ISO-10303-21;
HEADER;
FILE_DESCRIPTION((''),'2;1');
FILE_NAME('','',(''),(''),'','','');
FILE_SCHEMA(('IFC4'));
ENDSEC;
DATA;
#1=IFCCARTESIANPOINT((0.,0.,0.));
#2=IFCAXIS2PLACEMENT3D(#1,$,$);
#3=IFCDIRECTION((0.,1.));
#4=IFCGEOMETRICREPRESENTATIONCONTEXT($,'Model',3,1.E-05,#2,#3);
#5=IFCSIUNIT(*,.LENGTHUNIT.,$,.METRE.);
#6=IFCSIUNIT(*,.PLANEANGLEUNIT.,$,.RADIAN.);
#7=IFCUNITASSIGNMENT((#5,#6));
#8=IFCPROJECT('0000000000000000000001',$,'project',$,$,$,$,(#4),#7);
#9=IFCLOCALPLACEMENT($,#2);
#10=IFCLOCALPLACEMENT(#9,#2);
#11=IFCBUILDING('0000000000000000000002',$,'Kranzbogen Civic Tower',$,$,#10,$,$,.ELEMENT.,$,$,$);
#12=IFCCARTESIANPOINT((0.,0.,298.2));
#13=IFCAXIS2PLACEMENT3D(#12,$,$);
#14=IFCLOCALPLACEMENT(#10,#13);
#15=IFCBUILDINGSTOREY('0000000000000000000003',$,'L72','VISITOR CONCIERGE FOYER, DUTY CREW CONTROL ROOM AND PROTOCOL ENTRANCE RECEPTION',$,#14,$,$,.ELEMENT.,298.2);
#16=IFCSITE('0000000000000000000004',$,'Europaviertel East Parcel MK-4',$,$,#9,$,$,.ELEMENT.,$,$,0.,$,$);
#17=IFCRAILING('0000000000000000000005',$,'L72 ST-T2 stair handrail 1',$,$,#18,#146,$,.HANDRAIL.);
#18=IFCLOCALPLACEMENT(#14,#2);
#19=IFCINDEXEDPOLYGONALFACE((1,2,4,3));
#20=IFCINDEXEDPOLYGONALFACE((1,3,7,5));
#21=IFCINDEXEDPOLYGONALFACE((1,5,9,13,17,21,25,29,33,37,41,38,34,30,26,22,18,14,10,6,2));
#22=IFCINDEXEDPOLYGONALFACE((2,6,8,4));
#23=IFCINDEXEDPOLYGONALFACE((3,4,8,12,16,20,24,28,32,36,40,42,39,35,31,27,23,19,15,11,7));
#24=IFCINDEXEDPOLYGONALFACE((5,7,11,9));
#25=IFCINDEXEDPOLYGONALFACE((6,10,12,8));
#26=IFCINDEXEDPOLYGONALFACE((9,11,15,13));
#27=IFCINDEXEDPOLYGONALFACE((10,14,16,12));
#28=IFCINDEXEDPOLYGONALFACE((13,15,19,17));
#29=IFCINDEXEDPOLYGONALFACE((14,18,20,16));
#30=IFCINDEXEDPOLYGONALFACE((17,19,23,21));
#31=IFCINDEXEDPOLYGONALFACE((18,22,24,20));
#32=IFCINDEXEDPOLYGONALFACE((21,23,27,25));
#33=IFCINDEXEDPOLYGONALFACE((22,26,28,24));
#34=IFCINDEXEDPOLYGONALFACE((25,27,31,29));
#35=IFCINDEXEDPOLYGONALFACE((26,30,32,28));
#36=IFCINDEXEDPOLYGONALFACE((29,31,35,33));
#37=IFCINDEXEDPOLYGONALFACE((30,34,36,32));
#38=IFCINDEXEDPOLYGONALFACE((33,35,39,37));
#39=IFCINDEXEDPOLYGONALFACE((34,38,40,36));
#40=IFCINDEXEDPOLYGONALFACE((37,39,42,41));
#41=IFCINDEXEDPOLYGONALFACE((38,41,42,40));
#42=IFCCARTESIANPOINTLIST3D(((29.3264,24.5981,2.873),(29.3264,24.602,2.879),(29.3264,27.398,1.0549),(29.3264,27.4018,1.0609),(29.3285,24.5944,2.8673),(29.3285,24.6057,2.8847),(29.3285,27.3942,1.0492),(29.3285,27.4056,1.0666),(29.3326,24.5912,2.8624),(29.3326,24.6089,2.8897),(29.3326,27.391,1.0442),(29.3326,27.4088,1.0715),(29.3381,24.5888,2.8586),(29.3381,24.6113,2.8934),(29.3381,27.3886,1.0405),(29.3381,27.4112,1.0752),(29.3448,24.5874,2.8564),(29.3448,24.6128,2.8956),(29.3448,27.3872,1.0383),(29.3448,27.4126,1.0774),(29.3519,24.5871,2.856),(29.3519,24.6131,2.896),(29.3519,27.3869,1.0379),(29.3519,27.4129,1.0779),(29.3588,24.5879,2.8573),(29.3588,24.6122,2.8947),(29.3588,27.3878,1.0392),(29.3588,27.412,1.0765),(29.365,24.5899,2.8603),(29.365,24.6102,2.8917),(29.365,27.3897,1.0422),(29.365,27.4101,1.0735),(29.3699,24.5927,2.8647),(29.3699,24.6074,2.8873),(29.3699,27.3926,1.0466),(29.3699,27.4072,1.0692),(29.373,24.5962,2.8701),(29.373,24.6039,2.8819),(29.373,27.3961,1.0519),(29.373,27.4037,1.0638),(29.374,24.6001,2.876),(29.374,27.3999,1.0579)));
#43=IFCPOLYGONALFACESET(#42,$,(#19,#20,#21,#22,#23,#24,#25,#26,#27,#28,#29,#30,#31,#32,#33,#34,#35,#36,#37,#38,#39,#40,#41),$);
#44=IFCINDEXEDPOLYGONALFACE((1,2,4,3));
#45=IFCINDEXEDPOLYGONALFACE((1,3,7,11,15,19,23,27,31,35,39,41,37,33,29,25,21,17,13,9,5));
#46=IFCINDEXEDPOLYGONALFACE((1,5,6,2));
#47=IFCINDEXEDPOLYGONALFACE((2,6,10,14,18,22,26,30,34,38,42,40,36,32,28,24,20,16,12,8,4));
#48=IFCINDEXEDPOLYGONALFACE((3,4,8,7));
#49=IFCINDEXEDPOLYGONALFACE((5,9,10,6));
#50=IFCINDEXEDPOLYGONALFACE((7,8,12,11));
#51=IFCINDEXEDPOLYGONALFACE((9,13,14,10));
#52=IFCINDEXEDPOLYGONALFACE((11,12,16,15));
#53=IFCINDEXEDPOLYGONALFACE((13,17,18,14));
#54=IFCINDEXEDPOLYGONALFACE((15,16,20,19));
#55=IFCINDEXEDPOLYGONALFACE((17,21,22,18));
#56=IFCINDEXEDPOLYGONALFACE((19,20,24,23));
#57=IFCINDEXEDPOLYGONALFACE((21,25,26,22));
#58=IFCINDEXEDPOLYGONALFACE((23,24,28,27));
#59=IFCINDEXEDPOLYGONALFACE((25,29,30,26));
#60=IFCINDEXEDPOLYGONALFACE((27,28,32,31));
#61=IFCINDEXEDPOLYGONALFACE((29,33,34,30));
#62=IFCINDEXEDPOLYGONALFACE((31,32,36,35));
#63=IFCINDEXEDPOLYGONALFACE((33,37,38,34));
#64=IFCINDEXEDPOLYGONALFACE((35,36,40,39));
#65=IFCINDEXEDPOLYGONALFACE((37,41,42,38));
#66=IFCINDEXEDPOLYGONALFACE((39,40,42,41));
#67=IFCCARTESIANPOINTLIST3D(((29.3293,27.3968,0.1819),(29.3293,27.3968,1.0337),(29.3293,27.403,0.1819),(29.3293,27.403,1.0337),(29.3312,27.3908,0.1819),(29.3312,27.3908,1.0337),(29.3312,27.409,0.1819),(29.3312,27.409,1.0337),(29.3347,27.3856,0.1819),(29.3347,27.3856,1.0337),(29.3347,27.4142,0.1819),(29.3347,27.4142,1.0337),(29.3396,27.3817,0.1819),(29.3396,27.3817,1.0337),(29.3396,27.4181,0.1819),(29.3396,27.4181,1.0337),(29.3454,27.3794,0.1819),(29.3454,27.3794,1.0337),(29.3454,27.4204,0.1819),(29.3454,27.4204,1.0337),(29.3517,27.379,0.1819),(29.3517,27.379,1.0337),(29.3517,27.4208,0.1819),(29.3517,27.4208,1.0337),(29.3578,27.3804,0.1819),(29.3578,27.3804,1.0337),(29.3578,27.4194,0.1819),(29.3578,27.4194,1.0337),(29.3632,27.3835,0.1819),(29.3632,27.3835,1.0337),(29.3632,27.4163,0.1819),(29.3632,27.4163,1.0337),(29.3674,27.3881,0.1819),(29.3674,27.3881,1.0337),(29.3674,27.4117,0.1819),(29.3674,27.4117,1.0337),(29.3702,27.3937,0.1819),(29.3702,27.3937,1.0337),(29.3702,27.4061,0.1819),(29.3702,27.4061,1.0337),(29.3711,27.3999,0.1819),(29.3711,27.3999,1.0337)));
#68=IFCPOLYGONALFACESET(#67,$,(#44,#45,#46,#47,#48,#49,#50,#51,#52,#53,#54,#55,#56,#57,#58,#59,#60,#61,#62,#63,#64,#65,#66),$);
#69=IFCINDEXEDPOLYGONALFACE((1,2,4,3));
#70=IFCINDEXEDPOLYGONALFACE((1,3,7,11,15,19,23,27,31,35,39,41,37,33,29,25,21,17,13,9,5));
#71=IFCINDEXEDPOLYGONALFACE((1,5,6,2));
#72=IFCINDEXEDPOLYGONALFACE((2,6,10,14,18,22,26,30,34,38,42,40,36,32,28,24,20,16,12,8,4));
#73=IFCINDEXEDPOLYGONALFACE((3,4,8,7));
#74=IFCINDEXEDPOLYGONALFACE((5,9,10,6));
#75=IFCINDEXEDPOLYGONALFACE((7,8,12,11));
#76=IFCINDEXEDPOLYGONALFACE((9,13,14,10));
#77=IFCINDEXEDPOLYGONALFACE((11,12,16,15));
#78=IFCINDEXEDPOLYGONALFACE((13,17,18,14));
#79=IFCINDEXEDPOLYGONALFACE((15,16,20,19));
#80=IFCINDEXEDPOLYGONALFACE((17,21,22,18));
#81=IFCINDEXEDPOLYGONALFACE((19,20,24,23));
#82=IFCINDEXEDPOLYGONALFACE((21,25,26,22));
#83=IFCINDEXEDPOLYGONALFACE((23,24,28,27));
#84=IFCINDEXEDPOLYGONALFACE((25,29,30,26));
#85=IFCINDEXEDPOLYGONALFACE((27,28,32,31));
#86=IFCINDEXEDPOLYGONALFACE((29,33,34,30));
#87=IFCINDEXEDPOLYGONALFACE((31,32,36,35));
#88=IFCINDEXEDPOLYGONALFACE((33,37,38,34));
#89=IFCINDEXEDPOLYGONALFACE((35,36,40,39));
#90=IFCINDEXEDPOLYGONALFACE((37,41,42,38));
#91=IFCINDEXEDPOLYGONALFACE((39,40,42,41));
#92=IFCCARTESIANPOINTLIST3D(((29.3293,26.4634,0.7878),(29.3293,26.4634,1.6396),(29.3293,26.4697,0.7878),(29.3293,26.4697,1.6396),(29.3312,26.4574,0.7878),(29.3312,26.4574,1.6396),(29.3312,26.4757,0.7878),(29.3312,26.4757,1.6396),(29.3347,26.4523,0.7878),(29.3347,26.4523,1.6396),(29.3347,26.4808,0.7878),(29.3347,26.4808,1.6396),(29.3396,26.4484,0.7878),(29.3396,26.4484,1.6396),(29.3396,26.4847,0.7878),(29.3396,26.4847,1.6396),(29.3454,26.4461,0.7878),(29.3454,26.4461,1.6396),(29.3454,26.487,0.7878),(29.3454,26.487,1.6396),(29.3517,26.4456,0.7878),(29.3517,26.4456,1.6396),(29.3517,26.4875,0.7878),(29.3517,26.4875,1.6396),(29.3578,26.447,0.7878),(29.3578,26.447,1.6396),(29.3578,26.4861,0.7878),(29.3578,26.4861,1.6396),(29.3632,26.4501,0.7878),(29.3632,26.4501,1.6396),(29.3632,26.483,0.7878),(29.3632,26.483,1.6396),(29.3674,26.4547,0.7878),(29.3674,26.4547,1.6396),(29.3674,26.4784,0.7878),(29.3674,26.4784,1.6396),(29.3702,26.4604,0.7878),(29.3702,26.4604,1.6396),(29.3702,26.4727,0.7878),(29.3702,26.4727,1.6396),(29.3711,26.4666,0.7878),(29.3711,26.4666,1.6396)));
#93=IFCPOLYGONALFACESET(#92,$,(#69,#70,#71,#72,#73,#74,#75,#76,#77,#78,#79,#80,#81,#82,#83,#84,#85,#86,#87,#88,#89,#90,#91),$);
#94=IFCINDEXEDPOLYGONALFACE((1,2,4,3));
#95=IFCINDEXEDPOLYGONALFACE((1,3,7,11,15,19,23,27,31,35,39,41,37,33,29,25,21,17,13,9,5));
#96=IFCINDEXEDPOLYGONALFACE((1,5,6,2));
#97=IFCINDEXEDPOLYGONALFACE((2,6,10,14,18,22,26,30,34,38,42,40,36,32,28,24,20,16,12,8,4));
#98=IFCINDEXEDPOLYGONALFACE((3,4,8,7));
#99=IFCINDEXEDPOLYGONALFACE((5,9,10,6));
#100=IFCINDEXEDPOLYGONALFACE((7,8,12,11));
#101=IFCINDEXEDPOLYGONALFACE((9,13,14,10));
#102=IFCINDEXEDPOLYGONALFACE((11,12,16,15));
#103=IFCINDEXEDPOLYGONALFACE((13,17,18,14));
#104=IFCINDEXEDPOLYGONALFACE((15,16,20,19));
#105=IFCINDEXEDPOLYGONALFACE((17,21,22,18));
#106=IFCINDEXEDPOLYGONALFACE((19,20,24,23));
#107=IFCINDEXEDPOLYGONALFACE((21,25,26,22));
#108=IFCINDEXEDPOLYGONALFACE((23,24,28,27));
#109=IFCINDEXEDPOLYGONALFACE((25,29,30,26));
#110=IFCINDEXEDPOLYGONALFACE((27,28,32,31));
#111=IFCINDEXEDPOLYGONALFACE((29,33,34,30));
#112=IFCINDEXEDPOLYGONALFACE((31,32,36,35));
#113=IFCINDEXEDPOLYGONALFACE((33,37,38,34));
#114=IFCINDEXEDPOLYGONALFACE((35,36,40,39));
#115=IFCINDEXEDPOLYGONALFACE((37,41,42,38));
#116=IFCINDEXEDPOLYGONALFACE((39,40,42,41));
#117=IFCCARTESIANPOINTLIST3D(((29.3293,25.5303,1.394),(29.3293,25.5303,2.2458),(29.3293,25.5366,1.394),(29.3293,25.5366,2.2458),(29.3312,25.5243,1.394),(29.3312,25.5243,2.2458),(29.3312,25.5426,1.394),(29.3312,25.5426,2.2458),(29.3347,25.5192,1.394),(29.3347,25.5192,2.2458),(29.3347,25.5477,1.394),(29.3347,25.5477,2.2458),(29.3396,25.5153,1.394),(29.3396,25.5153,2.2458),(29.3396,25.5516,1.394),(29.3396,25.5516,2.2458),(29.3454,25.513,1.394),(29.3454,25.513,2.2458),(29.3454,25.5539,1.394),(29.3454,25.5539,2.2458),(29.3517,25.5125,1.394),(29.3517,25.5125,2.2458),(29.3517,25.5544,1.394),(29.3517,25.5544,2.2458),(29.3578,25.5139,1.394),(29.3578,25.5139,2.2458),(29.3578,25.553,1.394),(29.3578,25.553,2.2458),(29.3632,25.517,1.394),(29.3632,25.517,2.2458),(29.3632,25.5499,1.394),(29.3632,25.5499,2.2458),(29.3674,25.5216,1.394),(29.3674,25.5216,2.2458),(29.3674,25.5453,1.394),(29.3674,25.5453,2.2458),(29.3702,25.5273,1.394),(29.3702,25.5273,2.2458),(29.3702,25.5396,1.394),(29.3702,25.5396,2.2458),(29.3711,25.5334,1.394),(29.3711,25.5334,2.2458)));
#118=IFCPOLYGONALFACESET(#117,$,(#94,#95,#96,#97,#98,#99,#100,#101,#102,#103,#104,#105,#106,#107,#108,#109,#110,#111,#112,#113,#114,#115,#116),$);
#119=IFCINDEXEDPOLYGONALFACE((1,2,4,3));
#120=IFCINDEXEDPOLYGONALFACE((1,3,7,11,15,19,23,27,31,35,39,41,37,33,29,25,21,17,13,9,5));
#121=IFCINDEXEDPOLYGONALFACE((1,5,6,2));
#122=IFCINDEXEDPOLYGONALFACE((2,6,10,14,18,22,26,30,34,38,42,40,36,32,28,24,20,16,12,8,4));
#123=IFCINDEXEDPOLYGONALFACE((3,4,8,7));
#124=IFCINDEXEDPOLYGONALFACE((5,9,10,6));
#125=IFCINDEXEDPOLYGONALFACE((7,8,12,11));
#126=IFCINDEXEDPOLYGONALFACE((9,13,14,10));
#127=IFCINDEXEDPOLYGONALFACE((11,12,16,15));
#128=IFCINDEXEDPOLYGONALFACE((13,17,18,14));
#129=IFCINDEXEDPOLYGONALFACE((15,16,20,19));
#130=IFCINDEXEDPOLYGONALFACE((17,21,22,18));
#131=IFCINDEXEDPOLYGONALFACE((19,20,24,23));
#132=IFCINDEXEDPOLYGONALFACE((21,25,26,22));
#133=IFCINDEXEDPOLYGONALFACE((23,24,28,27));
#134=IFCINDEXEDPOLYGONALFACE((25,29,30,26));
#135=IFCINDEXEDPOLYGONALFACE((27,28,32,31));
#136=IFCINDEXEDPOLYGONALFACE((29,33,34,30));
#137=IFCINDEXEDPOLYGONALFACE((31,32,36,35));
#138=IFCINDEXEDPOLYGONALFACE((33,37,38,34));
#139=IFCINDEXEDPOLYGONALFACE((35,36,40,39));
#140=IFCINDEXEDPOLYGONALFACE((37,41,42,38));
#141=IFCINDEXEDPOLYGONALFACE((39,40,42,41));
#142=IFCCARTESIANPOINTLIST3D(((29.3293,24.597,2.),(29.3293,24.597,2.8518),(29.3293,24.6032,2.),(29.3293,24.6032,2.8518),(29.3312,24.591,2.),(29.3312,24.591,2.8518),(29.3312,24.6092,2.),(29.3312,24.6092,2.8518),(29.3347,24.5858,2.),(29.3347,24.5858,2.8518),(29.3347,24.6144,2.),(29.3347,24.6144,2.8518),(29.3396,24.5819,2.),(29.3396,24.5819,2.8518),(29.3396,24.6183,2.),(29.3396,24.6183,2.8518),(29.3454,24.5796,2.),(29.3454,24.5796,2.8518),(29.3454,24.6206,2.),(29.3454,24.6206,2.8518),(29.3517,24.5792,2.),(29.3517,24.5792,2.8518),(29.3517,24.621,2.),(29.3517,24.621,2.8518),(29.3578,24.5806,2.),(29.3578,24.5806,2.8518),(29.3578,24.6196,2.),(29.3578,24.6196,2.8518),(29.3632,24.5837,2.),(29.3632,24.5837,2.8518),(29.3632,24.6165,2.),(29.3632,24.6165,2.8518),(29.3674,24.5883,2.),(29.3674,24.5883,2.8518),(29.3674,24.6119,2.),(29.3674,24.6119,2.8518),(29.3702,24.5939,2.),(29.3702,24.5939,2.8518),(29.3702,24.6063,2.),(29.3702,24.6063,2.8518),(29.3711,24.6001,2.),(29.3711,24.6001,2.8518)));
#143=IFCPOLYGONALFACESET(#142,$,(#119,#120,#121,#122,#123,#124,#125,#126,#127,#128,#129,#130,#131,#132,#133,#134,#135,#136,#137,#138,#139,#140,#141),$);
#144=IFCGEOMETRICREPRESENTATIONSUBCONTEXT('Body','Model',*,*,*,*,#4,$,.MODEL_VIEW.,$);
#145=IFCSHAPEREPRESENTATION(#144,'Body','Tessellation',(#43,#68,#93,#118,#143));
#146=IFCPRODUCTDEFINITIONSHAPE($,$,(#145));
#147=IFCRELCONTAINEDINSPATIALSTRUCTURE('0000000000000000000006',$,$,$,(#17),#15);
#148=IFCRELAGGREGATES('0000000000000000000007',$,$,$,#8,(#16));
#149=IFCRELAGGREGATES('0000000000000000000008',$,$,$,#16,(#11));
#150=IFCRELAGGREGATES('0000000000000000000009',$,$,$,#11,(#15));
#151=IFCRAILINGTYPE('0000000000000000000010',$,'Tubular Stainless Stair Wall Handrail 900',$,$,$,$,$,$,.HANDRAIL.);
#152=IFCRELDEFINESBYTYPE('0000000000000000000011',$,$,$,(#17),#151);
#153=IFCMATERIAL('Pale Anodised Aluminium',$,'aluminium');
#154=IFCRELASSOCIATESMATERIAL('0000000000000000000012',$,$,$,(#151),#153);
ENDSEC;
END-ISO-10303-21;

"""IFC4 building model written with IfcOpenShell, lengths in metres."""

from ifc_helpers import new_model, si_unit, direction, frame, origin, origin_2d, place, context, subcontext, project, spatial, circle, extrude, material, type_object, element, save


model = new_model("IFC4")

# Units and contexts
model_context = context("Model", 3, precision=1e-05, world=origin(), true_north=direction((0.0, 1.0)))
body_context = subcontext(model_context, "Body", "Model", "MODEL_VIEW")
ifc_project = project(units=[si_unit("LENGTHUNIT", "METRE"), si_unit("PLANEANGLEUNIT", "RADIAN")], contexts=[model_context])

# Site, building, storey
site_placement = place(None, origin())
site = spatial("IfcSite", under=ifc_project, at=site_placement, Name="Europaviertel East Parcel MK-4", CompositionType="ELEMENT", RefElevation=0.0)
building_placement = place(site_placement, origin())
building = spatial("IfcBuilding", under=site, at=building_placement, Name="Kranzbogen Civic Tower", CompositionType="ELEMENT")
storey_placement = place(building_placement, frame((0.0, 0.0, 298.2)))
storey = spatial("IfcBuildingStorey", under=building, at=storey_placement, Name="L72", Description="VISITOR CONCIERGE FOYER, DUTY CREW CONTROL ROOM AND PROTOCOL ENTRANCE RECEPTION", CompositionType="ELEMENT", Elevation=298.2)

# Shared definitions
ifc_material_1 = material(Name="Pale Anodised Aluminium", Category="aluminium")

# Railing
railing_type_1 = type_object("IfcRailingType", Name="Tubular Stainless Stair Wall Handrail 900", PredefinedType="HANDRAIL", material=ifc_material_1)
railing_1_placement = place(storey_placement, frame((29.3501, 27.3999, 0.1819)))
element("IfcRailing", 1, at=railing_1_placement, inside=storey, type_object=railing_type_1, Name="L72 ST-T2 stair handrail 1", PredefinedType="HANDRAIL", context=body_context, shape_type="SweptSolid", body=[
    extrude(circle(Radius=0.0239, at=origin_2d()), frame((0.0, 0.0, 0.876), z_axis=(0.0, -0.838684, 0.544618), x_axis=(1.0, 0.0, 0.0)), (0.0, 0.0, 1.0), 3.3384),
    extrude(circle(Radius=0.021, at=origin_2d()), origin(), (0.0, 0.0, 1.0), 0.8518),
    extrude(circle(Radius=0.021, at=origin_2d()), frame((0.0, -0.9333, 0.606)), (0.0, 0.0, 1.0), 0.8518),
    extrude(circle(Radius=0.021, at=origin_2d()), frame((0.0, -1.8665, 1.2122)), (0.0, 0.0, 1.0), 0.8518),
    extrude(circle(Radius=0.021, at=origin_2d()), frame((0.0, -2.7998, 1.8181)), (0.0, 0.0, 1.0), 0.8518),
])

save(model, "model.ifc")
